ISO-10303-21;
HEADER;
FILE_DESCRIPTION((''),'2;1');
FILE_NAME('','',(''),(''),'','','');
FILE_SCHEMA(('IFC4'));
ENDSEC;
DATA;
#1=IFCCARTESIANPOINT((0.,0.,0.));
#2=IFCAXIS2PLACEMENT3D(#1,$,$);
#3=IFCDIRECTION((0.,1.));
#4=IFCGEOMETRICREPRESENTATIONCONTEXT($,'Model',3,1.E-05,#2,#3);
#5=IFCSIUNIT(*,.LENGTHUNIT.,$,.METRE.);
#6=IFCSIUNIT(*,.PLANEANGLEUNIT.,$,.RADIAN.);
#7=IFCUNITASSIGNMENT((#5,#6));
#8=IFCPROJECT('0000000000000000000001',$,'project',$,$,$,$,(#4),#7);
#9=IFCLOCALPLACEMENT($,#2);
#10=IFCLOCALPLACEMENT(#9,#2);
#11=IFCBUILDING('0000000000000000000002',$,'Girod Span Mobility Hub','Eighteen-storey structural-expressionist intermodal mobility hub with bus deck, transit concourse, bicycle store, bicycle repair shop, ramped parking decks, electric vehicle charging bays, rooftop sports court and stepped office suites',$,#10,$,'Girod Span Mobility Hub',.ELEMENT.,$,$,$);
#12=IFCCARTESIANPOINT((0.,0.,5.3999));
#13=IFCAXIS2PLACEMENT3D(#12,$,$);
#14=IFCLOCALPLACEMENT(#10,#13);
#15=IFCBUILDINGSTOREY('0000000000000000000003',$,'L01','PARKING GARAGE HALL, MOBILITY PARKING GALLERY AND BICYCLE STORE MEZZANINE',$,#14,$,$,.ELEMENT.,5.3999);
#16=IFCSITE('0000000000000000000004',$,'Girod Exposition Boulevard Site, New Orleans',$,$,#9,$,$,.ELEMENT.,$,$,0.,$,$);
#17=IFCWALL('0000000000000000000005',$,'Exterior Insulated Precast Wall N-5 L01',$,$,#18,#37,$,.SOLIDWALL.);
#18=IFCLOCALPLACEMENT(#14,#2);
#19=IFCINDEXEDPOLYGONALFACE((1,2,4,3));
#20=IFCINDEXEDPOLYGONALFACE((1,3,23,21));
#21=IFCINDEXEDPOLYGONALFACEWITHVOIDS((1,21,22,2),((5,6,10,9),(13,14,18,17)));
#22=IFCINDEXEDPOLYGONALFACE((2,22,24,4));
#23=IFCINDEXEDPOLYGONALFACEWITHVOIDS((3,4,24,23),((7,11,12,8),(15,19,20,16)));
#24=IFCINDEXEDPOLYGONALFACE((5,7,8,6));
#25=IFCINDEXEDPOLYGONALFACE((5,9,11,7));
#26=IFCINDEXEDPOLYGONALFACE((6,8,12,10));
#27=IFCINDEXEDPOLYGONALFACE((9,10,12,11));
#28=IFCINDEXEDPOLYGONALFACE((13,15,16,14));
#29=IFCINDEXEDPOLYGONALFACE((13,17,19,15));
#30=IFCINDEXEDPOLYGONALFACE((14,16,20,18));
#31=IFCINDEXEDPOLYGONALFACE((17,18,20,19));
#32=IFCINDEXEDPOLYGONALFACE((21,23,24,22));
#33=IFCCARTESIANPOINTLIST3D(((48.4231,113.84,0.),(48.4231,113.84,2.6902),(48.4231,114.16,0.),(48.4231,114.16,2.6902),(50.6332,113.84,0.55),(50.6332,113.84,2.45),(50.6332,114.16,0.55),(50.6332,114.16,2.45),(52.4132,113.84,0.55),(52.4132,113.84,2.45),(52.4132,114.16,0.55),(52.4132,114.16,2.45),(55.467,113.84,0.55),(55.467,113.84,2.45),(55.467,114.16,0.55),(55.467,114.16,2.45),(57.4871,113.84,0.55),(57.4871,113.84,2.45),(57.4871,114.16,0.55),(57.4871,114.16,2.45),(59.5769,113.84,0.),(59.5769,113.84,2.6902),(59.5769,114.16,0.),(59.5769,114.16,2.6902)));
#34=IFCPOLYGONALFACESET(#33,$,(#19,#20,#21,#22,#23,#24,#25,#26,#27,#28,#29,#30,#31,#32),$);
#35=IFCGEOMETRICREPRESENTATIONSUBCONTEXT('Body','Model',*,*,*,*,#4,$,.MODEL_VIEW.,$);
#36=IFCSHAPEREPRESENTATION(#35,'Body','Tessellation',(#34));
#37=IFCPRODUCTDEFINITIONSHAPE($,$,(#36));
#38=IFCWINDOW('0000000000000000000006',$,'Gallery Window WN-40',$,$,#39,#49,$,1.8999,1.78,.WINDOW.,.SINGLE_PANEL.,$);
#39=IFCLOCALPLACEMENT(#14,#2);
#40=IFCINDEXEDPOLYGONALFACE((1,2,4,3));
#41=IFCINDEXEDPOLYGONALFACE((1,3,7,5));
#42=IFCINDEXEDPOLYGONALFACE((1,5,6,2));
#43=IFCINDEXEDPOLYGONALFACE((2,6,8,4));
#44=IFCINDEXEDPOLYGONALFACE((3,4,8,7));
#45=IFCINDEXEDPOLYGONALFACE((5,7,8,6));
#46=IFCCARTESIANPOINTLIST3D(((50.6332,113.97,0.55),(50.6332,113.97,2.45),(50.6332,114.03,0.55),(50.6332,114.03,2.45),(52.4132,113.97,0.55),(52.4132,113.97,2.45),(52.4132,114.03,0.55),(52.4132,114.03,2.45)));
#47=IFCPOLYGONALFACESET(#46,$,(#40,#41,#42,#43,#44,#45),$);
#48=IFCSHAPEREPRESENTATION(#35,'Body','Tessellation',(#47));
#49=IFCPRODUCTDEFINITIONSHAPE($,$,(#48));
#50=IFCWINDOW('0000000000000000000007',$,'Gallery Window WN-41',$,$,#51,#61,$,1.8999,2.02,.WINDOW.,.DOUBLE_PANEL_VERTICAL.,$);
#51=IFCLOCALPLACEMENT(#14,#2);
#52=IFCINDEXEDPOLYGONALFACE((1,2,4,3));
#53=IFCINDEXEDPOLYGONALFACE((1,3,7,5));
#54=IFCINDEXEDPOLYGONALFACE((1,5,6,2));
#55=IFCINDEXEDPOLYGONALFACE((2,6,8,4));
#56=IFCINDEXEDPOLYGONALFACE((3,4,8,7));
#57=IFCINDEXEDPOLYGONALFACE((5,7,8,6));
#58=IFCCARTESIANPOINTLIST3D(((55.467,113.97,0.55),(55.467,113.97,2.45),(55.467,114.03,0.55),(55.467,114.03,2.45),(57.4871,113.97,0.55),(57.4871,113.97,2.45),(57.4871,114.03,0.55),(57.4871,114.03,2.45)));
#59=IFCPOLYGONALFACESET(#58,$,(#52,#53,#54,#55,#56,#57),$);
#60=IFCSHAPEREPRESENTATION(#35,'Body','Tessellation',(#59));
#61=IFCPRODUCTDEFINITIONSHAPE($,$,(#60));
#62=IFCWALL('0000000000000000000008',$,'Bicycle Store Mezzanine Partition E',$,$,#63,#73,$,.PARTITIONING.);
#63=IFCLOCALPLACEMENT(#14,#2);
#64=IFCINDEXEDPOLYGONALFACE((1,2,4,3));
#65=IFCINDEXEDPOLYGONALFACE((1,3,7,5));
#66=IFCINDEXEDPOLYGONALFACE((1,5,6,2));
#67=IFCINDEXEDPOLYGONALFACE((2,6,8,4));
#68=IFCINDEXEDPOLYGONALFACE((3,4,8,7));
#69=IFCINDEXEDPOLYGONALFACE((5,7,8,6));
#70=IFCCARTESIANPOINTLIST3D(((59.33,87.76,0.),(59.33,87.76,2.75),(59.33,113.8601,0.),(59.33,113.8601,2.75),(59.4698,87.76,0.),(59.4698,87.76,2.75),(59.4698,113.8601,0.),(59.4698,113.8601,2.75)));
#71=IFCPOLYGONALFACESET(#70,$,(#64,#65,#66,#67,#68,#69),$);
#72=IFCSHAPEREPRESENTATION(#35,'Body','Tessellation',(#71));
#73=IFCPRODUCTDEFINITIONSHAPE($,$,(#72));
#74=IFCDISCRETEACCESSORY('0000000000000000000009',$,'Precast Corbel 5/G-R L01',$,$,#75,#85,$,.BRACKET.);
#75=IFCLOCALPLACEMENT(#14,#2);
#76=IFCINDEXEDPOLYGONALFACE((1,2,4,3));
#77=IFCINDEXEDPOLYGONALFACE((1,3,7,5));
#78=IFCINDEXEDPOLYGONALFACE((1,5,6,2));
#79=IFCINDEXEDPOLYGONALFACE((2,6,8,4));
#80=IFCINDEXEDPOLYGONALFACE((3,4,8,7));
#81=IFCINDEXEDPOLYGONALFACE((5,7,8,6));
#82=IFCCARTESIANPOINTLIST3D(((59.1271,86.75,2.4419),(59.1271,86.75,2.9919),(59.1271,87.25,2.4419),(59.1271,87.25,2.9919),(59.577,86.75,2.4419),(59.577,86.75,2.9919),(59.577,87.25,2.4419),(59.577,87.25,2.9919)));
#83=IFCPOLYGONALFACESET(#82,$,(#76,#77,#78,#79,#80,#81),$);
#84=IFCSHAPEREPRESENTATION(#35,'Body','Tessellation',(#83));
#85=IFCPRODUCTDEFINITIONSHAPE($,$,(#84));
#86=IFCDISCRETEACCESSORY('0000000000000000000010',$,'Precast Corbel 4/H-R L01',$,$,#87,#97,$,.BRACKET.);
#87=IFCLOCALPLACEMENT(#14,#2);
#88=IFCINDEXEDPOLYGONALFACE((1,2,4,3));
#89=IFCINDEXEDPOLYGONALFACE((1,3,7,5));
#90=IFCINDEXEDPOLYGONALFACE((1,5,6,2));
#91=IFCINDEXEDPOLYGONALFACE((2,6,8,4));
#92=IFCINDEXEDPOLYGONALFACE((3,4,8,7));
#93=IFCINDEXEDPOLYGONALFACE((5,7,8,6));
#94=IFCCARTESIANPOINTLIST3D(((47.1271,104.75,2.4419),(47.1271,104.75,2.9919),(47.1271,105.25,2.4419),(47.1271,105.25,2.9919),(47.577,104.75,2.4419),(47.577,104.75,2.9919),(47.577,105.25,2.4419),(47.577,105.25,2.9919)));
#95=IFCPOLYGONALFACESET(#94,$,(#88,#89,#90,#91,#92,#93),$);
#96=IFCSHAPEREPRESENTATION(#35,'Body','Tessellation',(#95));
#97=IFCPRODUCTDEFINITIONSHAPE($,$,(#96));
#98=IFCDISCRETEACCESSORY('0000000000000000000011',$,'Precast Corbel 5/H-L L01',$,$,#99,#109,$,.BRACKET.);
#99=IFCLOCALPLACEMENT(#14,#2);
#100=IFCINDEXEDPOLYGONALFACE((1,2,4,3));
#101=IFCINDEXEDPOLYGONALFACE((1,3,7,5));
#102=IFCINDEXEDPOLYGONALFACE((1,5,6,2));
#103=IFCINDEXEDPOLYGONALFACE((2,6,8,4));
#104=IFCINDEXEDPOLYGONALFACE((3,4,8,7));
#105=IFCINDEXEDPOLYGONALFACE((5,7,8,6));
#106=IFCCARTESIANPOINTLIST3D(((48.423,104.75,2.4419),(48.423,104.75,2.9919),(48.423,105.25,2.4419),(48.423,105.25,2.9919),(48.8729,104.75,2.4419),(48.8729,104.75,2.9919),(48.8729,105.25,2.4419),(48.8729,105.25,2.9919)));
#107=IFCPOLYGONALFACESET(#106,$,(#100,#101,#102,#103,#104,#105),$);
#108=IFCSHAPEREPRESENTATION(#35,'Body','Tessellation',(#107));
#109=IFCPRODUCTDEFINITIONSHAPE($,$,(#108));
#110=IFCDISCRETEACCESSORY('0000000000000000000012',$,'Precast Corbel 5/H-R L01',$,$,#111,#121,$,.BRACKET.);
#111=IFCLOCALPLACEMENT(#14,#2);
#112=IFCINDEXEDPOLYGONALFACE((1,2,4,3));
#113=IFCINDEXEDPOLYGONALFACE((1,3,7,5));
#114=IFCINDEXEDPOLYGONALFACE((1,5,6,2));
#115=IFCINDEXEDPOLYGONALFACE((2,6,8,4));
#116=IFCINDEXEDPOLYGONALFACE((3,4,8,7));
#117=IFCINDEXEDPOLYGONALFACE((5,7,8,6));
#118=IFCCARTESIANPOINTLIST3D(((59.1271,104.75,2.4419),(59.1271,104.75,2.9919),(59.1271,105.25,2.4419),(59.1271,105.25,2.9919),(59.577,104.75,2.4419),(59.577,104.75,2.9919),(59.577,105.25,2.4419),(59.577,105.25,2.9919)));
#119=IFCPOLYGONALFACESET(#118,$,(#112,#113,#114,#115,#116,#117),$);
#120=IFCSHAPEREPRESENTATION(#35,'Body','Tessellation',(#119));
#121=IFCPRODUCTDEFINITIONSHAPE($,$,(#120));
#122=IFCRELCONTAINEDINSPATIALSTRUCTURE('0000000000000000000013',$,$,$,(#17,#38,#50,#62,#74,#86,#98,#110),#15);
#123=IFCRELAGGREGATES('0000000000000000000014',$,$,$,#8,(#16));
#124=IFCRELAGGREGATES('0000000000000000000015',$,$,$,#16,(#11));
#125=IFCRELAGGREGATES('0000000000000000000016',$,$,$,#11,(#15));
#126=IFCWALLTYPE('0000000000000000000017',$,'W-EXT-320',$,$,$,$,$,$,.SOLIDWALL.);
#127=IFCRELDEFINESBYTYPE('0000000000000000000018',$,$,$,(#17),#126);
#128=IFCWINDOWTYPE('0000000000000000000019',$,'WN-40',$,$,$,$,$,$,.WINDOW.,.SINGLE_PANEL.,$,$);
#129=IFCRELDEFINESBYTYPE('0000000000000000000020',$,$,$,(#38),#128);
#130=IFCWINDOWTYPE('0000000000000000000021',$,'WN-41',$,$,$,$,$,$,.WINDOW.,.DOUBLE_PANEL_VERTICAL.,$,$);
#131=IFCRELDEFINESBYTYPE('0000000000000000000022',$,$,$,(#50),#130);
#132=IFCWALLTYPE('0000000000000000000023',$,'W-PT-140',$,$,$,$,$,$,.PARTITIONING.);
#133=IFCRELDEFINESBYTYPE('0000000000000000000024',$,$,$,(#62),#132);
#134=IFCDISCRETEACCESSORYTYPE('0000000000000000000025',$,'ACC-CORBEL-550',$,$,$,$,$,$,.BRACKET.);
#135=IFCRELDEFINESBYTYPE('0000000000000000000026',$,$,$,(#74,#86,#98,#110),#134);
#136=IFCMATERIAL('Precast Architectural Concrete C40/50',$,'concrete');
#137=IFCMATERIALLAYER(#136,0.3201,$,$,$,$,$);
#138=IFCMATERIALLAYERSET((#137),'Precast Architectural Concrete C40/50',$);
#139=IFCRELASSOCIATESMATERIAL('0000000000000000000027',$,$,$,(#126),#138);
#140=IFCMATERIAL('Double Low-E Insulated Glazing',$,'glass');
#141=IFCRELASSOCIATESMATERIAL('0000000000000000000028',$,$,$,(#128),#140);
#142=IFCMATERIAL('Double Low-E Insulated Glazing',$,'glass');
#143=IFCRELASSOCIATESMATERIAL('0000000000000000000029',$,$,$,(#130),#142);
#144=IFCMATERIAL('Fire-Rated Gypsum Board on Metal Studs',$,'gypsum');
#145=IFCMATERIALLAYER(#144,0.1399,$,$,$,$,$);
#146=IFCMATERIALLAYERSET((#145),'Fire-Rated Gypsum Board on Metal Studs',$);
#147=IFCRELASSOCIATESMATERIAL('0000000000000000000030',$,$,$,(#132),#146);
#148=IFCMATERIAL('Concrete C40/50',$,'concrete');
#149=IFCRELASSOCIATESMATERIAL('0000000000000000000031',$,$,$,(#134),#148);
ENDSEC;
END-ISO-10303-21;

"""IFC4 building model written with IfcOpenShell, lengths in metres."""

from ifc_helpers import new_model, si_unit, direction, frame, frame_2d, origin, origin_2d, place, context, subcontext, project, spatial, rectangle, extrude, material, layer, layer_set, type_object, element, fill, save


model = new_model("IFC4")

# Units and contexts
model_context = context("Model", 3, precision=1e-05, world=origin(), true_north=direction((0.0, 1.0)))
body_context = subcontext(model_context, "Body", "Model", "MODEL_VIEW")
ifc_project = project(units=[si_unit("LENGTHUNIT", "METRE"), si_unit("PLANEANGLEUNIT", "RADIAN")], contexts=[model_context])

# Site, building, storey
site_placement = place(None, origin())
site = spatial("IfcSite", under=ifc_project, at=site_placement, Name="Girod Exposition Boulevard Site, New Orleans", CompositionType="ELEMENT", RefElevation=0.0)
building_placement = place(site_placement, origin())
building = spatial("IfcBuilding", under=site, at=building_placement, Name="Girod Span Mobility Hub", Description="Eighteen-storey structural-expressionist intermodal mobility hub with bus deck, transit concourse, bicycle store, bicycle repair shop, ramped parking decks, electric vehicle charging bays, rooftop sports court and stepped office suites", LongName="Girod Span Mobility Hub", CompositionType="ELEMENT")
storey_placement = place(building_placement, frame((0.0, 0.0, 5.3999)))
storey = spatial("IfcBuildingStorey", under=building, at=storey_placement, Name="L01", Description="PARKING GARAGE HALL, MOBILITY PARKING GALLERY AND BICYCLE STORE MEZZANINE", CompositionType="ELEMENT", Elevation=5.3999)

# Wall, openings, windows
ifc_material_1 = material(Name="Precast Architectural Concrete C40/50", Category="concrete")
ifc_layer_1 = layer(ifc_material_1, 0.3201)
ifc_layer_set_1 = layer_set([ifc_layer_1], Name="Precast Architectural Concrete C40/50")
wall_type_1 = type_object("IfcWallType", Name="W-EXT-320", PredefinedType="SOLIDWALL", material=ifc_layer_set_1)
wall_1_placement = place(storey_placement, frame((48.4231, 114.0, 0.0), z_axis=(0.0, 0.0, 1.0), x_axis=(1.0, 0.0, 0.0)))
wall_1 = element("IfcWall", 1, at=wall_1_placement, inside=storey, type_object=wall_type_1, Name="Exterior Insulated Precast Wall N-5 L01", PredefinedType="SOLIDWALL", context=body_context, shape_type="SweptSolid", body=[
    extrude(rectangle(XDim=11.1538, YDim=0.3201, at=frame_2d((5.5769, 0.0))), origin(), (0.0, 0.0, 1.0), 2.6902),
])
opening_1_placement = place(wall_1_placement, frame((2.21, 0.0, 0.55)))
opening_1 = element("IfcOpeningElement", 2, at=opening_1_placement, cuts=wall_1, PredefinedType="OPENING", context=body_context, shape_type="SweptSolid", body=[
    extrude(rectangle(XDim=1.78, YDim=1.8999, at=frame_2d((0.8901, 0.95))), frame((0.0, 0.175, 0.0), z_axis=(0.0, -1.0, 0.0), x_axis=(1.0, 0.0, 0.0)), (0.0, 0.0, 1.0), 0.3501),
])
opening_2_placement = place(wall_1_placement, frame((7.0439, 0.0, 0.55)))
opening_2 = element("IfcOpeningElement", 3, at=opening_2_placement, cuts=wall_1, PredefinedType="OPENING", context=body_context, shape_type="SweptSolid", body=[
    extrude(rectangle(XDim=2.02, YDim=1.8999, at=frame_2d((1.01, 0.95))), frame((0.0, 0.175, 0.0), z_axis=(0.0, -1.0, 0.0), x_axis=(1.0, 0.0, 0.0)), (0.0, 0.0, 1.0), 0.3501),
])
ifc_material_2 = material(Name="Double Low-E Insulated Glazing", Category="glass")
window_type_1 = type_object("IfcWindowType", Name="WN-40", PartitioningType="SINGLE_PANEL", PredefinedType="WINDOW", material=ifc_material_2)
window_1_placement = place(opening_1_placement, origin())
window_1 = element("IfcWindow", 4, at=window_1_placement, inside=storey, type_object=window_type_1, Name="Gallery Window WN-40", OverallHeight=1.8999, OverallWidth=1.78, PartitioningType="SINGLE_PANEL", PredefinedType="WINDOW", context=body_context, shape_type="SweptSolid", body=[
    extrude(rectangle(XDim=1.78, YDim=1.8999, at=frame_2d((0.8901, 0.95))), frame((0.0, 0.03, 0.0), z_axis=(0.0, -1.0, 0.0), x_axis=(1.0, 0.0, 0.0)), (0.0, 0.0, 1.0), 0.0601),
])
fill(opening_1, window_1)
ifc_material_3 = material(Name="Double Low-E Insulated Glazing", Category="glass")
window_type_2 = type_object("IfcWindowType", Name="WN-41", PartitioningType="DOUBLE_PANEL_VERTICAL", PredefinedType="WINDOW", material=ifc_material_3)
window_2_placement = place(opening_2_placement, origin())
window_2 = element("IfcWindow", 5, at=window_2_placement, inside=storey, type_object=window_type_2, Name="Gallery Window WN-41", OverallHeight=1.8999, OverallWidth=2.02, PartitioningType="DOUBLE_PANEL_VERTICAL", PredefinedType="WINDOW", context=body_context, shape_type="SweptSolid", body=[
    extrude(rectangle(XDim=2.02, YDim=1.8999, at=frame_2d((1.01, 0.95))), frame((0.0, 0.03, 0.0), z_axis=(0.0, -1.0, 0.0), x_axis=(1.0, 0.0, 0.0)), (0.0, 0.0, 1.0), 0.0601),
])
fill(opening_2, window_2)

# Wall
ifc_material_4 = material(Name="Fire-Rated Gypsum Board on Metal Studs", Category="gypsum")
ifc_layer_2 = layer(ifc_material_4, 0.1399)
ifc_layer_set_2 = layer_set([ifc_layer_2], Name="Fire-Rated Gypsum Board on Metal Studs")
wall_type_2 = type_object("IfcWallType", Name="W-PT-140", PredefinedType="PARTITIONING", material=ifc_layer_set_2)
wall_2_placement = place(storey_placement, frame((59.3999, 87.76, 0.0), z_axis=(0.0, 0.0, 1.0), x_axis=(0.0, 1.0, 0.0)))
element("IfcWall", 6, at=wall_2_placement, inside=storey, type_object=wall_type_2, Name="Bicycle Store Mezzanine Partition E", PredefinedType="PARTITIONING", context=body_context, shape_type="SweptSolid", body=[
    extrude(rectangle(XDim=26.1001, YDim=0.1399, at=frame_2d((13.05, 0.0))), origin(), (0.0, 0.0, 1.0), 2.75),
])

# Discrete accessories
ifc_material_5 = material(Name="Concrete C40/50", Category="concrete")
discrete_accessory_type = type_object("IfcDiscreteAccessoryType", Name="ACC-CORBEL-550", PredefinedType="BRACKET", material=ifc_material_5)
for number, where, z_axis, x_axis, name in (
    (7, (59.3521, 87.0, 2.4419), (0.0, 0.0, 1.0), (1.0, 0.0, 0.0), "Precast Corbel 5/G-R L01"),
    (8, (47.3521, 105.0, 2.4419), (0.0, 0.0, 1.0), (1.0, 0.0, 0.0), "Precast Corbel 4/H-R L01"),
    (9, (48.6479, 105.0, 2.4419), (0.0, 0.0, 1.0), (1.0, 0.0, 0.0), "Precast Corbel 5/H-L L01"),
    (10, (59.3521, 105.0, 2.4419), (0.0, 0.0, 1.0), (1.0, 0.0, 0.0), "Precast Corbel 5/H-R L01"),
):
    element("IfcDiscreteAccessory", number, at=place(storey_placement, frame(where, z_axis=z_axis, x_axis=x_axis)), inside=storey, type_object=discrete_accessory_type, Name=name, PredefinedType="BRACKET", context=body_context, shape_type="SweptSolid", body=[
        extrude(rectangle(XDim=0.45, YDim=0.5, at=origin_2d()), origin(), (0.0, 0.0, 1.0), 0.55),
    ])

save(model, "model.ifc")
